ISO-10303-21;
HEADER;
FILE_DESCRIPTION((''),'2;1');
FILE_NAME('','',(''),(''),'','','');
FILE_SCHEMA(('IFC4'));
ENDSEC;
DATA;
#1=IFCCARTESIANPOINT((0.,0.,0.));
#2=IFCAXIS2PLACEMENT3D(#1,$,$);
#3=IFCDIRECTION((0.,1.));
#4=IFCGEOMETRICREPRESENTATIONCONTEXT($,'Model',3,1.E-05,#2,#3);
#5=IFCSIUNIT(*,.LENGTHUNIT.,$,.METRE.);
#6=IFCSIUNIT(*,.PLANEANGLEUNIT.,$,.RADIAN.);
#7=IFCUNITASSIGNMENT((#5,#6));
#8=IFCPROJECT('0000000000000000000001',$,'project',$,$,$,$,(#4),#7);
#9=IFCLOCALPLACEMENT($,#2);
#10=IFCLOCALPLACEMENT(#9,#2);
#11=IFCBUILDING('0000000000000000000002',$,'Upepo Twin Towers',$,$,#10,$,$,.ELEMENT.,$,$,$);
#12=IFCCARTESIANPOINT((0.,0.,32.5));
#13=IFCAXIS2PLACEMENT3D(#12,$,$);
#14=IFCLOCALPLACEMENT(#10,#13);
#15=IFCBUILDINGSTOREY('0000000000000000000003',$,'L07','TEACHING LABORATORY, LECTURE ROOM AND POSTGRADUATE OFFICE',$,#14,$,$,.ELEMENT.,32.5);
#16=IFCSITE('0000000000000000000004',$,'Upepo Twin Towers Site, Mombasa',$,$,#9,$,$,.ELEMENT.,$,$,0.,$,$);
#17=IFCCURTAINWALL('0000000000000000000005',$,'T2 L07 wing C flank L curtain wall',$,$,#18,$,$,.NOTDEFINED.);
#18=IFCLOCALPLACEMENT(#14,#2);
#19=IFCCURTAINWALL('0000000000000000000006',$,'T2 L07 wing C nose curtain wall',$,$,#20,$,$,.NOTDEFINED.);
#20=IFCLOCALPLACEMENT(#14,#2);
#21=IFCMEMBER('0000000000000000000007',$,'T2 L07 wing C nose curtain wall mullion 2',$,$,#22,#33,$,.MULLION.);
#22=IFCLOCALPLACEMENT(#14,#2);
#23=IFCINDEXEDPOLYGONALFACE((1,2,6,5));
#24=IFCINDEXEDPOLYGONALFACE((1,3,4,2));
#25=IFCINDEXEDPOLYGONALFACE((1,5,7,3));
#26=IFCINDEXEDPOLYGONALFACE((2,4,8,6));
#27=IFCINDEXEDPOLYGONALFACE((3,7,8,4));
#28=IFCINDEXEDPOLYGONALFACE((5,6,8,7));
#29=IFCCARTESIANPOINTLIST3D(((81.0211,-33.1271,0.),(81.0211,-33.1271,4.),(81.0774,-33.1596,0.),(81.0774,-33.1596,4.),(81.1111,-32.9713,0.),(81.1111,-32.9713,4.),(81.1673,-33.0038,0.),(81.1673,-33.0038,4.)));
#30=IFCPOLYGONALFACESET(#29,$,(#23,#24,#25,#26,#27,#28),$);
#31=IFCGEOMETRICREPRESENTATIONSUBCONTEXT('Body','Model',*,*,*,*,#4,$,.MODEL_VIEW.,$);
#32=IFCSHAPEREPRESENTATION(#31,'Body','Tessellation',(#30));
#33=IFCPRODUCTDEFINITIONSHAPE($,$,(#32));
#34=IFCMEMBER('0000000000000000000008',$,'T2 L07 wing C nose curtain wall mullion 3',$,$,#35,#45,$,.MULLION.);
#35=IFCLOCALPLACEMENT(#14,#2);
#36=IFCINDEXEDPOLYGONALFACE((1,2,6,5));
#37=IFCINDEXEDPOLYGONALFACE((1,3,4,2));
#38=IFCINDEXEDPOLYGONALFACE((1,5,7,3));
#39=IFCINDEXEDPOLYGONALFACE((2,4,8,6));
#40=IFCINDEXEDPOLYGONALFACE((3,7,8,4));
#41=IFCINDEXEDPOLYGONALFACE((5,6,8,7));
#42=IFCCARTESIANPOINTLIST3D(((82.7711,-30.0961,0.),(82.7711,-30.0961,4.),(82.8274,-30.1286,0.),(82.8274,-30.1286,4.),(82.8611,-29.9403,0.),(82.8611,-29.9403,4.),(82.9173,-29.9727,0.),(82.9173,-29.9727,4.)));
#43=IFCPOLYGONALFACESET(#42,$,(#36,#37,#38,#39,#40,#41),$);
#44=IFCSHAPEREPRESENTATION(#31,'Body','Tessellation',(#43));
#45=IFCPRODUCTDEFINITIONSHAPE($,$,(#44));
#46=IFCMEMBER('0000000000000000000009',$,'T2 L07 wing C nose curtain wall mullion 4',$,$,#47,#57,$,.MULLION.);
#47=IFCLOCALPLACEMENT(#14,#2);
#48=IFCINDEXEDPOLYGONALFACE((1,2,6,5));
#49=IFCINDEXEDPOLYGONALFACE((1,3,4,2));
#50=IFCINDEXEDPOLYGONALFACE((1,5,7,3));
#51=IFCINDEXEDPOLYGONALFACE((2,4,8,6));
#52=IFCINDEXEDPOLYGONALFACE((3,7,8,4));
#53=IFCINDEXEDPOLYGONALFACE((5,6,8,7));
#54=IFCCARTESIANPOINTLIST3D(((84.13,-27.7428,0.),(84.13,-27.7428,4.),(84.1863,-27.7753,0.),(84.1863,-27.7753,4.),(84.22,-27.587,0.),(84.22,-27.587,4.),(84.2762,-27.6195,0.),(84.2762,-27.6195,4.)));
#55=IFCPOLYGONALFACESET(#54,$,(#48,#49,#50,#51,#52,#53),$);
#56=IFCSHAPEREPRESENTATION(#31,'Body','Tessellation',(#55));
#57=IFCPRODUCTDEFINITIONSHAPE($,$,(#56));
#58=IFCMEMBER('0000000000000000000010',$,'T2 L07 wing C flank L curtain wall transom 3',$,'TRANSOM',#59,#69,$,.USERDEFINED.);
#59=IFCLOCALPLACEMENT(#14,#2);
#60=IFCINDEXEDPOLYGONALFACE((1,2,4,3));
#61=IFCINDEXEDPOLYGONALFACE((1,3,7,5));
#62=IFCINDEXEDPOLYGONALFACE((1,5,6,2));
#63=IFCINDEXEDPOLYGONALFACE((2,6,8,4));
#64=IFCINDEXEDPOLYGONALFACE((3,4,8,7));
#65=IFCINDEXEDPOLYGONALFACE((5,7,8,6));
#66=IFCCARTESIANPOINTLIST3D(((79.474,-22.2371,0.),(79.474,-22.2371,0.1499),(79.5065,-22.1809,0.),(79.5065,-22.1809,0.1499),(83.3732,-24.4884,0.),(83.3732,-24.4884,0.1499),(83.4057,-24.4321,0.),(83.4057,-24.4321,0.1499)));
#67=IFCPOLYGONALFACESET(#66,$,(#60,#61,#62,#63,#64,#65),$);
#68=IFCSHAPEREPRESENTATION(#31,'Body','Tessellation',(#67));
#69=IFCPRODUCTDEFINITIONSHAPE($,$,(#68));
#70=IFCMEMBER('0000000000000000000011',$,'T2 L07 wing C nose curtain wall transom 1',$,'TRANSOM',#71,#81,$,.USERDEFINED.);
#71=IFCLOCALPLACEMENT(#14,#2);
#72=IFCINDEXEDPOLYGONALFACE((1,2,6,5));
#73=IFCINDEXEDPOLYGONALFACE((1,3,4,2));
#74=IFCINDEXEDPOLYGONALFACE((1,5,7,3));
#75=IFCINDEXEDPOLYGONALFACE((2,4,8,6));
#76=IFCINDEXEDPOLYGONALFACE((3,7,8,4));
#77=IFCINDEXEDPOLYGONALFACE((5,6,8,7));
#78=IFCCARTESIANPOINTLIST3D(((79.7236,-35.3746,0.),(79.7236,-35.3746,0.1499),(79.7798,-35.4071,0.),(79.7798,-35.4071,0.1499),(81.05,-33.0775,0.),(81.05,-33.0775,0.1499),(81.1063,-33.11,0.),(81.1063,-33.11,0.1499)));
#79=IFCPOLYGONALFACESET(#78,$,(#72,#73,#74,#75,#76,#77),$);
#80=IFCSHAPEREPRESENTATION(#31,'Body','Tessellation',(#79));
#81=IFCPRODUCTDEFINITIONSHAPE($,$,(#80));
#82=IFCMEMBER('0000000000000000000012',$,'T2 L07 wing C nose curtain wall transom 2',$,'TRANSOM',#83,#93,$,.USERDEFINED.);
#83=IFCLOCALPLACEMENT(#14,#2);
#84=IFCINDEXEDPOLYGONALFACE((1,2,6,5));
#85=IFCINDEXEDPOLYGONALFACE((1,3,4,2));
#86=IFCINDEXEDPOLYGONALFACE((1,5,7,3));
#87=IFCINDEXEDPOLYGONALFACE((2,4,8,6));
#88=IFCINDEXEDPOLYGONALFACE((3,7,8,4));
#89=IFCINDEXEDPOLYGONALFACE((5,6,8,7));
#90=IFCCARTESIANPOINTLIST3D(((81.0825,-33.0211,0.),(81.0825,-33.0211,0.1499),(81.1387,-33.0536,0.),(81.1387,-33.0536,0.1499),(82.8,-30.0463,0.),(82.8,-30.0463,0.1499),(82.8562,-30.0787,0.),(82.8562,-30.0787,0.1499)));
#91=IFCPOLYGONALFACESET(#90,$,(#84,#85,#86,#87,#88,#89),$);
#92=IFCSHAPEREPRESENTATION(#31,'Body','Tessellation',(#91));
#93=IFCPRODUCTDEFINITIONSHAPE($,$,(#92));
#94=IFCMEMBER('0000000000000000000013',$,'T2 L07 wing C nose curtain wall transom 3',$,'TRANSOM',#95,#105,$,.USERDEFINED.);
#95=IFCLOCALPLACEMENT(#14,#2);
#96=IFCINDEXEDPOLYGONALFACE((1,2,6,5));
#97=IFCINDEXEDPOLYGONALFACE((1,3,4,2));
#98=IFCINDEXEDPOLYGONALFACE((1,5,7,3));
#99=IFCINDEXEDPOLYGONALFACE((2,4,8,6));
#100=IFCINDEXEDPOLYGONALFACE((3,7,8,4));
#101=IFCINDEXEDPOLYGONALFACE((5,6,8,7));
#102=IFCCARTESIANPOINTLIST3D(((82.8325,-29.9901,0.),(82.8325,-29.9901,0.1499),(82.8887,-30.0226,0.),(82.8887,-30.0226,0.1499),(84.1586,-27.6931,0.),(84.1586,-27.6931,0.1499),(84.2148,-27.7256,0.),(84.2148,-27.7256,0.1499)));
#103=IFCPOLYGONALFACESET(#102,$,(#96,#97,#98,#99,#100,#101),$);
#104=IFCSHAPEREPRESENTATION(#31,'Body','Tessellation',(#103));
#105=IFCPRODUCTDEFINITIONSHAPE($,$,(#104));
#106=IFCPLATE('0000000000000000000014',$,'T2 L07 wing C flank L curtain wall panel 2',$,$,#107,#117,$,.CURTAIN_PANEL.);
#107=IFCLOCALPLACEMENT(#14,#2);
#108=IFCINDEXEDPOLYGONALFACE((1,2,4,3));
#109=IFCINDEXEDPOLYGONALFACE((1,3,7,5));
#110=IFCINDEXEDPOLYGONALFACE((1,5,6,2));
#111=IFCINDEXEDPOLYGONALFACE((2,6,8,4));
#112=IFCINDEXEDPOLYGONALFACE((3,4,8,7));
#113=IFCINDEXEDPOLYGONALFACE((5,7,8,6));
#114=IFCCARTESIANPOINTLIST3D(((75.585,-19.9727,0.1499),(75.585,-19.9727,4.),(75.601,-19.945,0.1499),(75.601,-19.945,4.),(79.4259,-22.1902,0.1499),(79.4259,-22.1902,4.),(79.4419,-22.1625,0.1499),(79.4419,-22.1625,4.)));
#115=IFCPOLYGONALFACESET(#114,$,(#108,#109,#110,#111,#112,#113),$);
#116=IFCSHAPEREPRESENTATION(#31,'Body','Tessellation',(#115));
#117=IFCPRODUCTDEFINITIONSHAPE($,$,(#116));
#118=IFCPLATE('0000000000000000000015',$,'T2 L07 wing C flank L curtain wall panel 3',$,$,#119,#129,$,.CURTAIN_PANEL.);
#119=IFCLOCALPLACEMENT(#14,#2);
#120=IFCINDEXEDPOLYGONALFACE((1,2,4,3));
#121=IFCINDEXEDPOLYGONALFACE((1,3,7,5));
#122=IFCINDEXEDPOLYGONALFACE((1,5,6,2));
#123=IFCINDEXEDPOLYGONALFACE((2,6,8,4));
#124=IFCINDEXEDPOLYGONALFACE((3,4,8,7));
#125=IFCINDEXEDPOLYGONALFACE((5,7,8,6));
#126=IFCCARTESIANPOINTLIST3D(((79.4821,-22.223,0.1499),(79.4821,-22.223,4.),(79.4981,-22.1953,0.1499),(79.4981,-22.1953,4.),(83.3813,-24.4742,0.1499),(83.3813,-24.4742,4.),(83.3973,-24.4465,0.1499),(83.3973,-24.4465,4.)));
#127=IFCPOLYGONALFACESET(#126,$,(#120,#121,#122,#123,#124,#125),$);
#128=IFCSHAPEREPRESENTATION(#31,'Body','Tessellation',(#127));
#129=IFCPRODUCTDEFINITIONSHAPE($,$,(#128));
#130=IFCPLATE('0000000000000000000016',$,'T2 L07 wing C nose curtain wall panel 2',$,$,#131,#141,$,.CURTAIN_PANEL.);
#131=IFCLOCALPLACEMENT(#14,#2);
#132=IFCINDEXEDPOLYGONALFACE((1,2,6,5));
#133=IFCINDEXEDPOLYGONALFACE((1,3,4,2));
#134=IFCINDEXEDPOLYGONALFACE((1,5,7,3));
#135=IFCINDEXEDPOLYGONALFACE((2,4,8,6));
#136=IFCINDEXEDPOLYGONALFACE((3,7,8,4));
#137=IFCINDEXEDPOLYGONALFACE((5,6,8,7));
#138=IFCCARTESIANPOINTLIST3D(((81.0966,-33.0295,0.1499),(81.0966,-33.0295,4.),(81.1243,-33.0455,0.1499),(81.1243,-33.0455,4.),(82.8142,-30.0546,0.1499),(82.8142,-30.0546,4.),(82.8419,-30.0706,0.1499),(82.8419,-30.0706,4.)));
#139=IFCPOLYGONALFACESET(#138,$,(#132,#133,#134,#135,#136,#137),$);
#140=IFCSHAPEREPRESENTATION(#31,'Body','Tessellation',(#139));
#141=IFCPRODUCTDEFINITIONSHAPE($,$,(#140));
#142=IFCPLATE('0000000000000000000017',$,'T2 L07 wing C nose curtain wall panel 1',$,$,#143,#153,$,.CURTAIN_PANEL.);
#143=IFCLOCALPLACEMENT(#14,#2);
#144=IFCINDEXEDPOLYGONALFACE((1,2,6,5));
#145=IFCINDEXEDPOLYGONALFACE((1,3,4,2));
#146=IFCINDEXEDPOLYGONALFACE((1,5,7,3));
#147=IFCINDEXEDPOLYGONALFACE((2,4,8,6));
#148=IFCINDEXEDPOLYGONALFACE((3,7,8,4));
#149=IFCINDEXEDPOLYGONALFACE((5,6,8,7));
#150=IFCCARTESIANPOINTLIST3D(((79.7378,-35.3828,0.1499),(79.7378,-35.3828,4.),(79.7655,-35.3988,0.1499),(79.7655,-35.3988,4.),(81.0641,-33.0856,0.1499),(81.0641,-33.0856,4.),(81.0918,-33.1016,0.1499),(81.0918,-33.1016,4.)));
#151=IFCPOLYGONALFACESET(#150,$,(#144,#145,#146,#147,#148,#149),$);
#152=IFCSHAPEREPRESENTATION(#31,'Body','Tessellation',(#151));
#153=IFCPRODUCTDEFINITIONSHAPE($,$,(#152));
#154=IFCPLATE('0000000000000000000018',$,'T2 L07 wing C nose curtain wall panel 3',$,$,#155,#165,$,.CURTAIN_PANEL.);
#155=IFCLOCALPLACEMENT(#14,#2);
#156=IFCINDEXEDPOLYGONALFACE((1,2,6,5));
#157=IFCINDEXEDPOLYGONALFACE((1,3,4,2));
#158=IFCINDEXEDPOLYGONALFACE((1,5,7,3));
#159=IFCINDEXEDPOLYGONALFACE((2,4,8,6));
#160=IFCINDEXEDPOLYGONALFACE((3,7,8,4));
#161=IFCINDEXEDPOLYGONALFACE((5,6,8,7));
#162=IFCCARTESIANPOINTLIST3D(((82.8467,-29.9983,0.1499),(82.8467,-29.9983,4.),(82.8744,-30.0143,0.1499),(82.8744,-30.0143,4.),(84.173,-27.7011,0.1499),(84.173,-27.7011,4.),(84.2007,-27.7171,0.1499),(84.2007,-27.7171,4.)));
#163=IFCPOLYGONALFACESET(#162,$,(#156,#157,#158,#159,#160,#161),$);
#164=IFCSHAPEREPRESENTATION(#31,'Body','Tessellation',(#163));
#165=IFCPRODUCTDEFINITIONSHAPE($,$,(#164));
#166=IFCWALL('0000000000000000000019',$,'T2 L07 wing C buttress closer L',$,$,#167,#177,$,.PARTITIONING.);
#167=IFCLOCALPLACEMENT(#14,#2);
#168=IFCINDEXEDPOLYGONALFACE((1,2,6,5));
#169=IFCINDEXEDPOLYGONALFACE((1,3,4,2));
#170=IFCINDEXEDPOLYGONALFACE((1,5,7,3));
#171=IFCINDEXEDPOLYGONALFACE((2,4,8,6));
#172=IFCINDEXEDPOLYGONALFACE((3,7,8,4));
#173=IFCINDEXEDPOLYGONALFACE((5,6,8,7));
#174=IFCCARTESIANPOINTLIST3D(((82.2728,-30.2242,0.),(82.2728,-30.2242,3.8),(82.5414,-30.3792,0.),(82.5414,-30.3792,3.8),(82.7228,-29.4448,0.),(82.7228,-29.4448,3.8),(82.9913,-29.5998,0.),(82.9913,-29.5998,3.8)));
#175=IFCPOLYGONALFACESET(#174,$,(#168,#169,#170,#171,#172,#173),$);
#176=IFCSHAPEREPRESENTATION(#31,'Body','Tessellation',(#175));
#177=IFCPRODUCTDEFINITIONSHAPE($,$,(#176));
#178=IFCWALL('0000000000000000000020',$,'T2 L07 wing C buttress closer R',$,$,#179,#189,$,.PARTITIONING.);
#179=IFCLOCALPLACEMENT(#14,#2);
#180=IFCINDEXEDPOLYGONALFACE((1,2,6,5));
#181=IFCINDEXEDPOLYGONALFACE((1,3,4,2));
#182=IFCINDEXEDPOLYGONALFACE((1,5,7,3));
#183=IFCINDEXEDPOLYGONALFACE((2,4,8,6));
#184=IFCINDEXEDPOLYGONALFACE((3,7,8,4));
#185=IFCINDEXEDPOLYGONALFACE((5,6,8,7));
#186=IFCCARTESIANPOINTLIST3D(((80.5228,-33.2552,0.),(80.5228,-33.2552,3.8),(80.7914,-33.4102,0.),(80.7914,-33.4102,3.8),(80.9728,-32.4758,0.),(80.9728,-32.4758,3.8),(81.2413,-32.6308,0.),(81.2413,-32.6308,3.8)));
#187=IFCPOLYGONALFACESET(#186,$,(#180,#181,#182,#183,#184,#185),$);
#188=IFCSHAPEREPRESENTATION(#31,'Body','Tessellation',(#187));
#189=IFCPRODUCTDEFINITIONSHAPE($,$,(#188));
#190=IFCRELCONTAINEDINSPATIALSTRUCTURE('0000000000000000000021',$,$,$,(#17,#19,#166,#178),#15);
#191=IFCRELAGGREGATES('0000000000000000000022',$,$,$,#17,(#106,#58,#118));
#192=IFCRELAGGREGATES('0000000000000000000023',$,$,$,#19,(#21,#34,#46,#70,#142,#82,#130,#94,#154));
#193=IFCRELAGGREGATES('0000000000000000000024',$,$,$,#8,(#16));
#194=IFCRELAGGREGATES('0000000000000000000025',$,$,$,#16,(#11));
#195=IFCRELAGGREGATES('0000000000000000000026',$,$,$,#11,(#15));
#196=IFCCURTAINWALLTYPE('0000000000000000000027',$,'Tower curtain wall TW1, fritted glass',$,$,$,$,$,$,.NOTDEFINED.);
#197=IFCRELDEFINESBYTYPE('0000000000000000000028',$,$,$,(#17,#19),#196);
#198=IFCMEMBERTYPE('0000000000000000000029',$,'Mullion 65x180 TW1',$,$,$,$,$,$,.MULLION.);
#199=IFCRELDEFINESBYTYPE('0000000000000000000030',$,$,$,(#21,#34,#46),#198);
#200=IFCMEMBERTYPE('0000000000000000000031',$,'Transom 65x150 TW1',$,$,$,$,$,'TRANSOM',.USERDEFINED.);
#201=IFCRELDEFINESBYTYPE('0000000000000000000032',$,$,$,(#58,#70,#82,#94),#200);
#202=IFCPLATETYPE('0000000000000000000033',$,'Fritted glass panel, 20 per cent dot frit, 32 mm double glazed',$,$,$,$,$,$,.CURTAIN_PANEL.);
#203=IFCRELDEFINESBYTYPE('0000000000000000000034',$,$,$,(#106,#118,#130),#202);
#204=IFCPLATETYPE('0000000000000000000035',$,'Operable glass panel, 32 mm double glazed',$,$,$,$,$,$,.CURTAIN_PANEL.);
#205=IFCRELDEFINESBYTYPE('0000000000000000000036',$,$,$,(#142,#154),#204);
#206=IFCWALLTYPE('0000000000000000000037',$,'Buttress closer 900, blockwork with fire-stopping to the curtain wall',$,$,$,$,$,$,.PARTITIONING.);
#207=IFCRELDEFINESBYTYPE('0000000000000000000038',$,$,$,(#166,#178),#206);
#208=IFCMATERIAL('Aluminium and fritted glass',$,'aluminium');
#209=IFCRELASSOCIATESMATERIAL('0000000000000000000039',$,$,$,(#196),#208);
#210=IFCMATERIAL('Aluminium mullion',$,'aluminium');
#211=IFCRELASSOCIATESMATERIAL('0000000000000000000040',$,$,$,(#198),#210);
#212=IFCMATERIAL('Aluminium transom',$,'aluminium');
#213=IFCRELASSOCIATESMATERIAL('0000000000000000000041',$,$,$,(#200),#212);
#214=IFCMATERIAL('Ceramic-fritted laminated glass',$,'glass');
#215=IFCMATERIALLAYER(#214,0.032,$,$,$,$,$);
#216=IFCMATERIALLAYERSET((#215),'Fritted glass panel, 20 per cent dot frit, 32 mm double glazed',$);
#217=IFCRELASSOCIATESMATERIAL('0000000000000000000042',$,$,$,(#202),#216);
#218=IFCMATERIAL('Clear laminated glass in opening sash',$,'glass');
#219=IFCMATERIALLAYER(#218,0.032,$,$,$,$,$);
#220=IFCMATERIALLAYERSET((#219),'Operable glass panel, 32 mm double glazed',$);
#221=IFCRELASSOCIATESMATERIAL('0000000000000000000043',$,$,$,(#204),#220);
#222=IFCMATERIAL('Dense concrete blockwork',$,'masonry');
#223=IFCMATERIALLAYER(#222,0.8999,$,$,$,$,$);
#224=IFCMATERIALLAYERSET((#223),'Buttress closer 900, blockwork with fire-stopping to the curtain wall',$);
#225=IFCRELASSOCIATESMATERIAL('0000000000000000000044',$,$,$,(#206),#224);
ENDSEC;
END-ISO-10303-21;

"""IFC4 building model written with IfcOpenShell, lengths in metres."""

from ifc_helpers import new_model, si_unit, direction, frame, frame_2d, origin, origin_2d, place, context, subcontext, project, spatial, rectangle, extrude, material, layer, layer_set, material_profile, profile_set, type_object, element, aggregate, save


model = new_model("IFC4")

# Units and contexts
model_context = context("Model", 3, precision=1e-05, world=origin(), true_north=direction((0.0, 1.0)))
body_context = subcontext(model_context, "Body", "Model", "MODEL_VIEW")
ifc_project = project(units=[si_unit("LENGTHUNIT", "METRE"), si_unit("PLANEANGLEUNIT", "RADIAN")], contexts=[model_context])

# Site, building, storey
site_placement = place(None, origin())
site = spatial("IfcSite", under=ifc_project, at=site_placement, Name="Upepo Twin Towers Site, Mombasa", CompositionType="ELEMENT", RefElevation=0.0)
building_placement = place(site_placement, origin())
building = spatial("IfcBuilding", under=site, at=building_placement, Name="Upepo Twin Towers", CompositionType="ELEMENT")
storey_placement = place(building_placement, frame((0.0, 0.0, 32.5)))
storey = spatial("IfcBuildingStorey", under=building, at=storey_placement, Name="L07", Description="TEACHING LABORATORY, LECTURE ROOM AND POSTGRADUATE OFFICE", CompositionType="ELEMENT", Elevation=32.5)

# Curtain wall
ifc_material_1 = material(Name="Aluminium and fritted glass", Category="aluminium")
curtain_wall_type = type_object("IfcCurtainWallType", Name="Tower curtain wall TW1, fritted glass", PredefinedType="NOTDEFINED", material=ifc_material_1)
curtain_wall_1_placement = place(storey_placement, origin())
curtain_wall_1 = element("IfcCurtainWall", 1, at=curtain_wall_1_placement, inside=storey, type_object=curtain_wall_type, Name="T2 L07 wing C flank L curtain wall", PredefinedType="NOTDEFINED")
ifc_material_2 = material(Name="Aluminium mullion", Category="aluminium")
ifc_material_profile_1 = material_profile(ifc_material_2, rectangle(XDim=0.0649, YDim=0.1799, at=origin_2d()), Name="MULLION 65x180")
ifc_profile_set_1 = profile_set([ifc_material_profile_1], Name="Aluminium mullion")
member_type_1 = type_object("IfcMemberType", Name="Mullion 65x180 TW1", PredefinedType="MULLION", material=ifc_profile_set_1)

# Curtain wall, members
curtain_wall_2_placement = place(storey_placement, origin())
curtain_wall_2 = element("IfcCurtainWall", 2, at=curtain_wall_2_placement, inside=storey, type_object=curtain_wall_type, Name="T2 L07 wing C nose curtain wall", PredefinedType="NOTDEFINED")
member_1_placement = place(storey_placement, frame((81.0942, -33.0654, 0.0), z_axis=(0.0, 0.0, 1.0), x_axis=(-0.866025, 0.5, 0.0)))
member_1 = element("IfcMember", 3, at=member_1_placement, type_object=member_type_1, Name="T2 L07 wing C nose curtain wall mullion 2", PredefinedType="MULLION", context=body_context, shape_type="SweptSolid", body=[
    extrude(rectangle(XDim=0.0649, YDim=0.1799, at=origin_2d()), origin(), (0.0, 0.0, 1.0), 4.0),
])
member_2_placement = place(storey_placement, frame((82.8442, -30.0344, 0.0), z_axis=(0.0, 0.0, 1.0), x_axis=(-0.866025, 0.5, 0.0)))
member_2 = element("IfcMember", 4, at=member_2_placement, type_object=member_type_1, Name="T2 L07 wing C nose curtain wall mullion 3", PredefinedType="MULLION", context=body_context, shape_type="SweptSolid", body=[
    extrude(rectangle(XDim=0.0649, YDim=0.1799, at=origin_2d()), origin(), (0.0, 0.0, 1.0), 4.0),
])
member_3_placement = place(storey_placement, frame((84.2031, -27.6812, 0.0), z_axis=(0.0, 0.0, 1.0), x_axis=(-0.866025, 0.5, 0.0)))
member_3 = element("IfcMember", 5, at=member_3_placement, type_object=member_type_1, Name="T2 L07 wing C nose curtain wall mullion 4", PredefinedType="MULLION", context=body_context, shape_type="SweptSolid", body=[
    extrude(rectangle(XDim=0.0649, YDim=0.1799, at=origin_2d()), origin(), (0.0, 0.0, 1.0), 4.0),
])

# Members
ifc_material_3 = material(Name="Aluminium transom", Category="aluminium")
ifc_material_profile_2 = material_profile(ifc_material_3, rectangle(XDim=0.0649, YDim=0.1499, at=origin_2d()), Name="TRANSOM 65x150")
ifc_profile_set_2 = profile_set([ifc_material_profile_2], Name="Aluminium transom")
member_type_2 = type_object("IfcMemberType", Name="Transom 65x150 TW1", ElementType="TRANSOM", PredefinedType="USERDEFINED", material=ifc_profile_set_2)
member_4_placement = place(storey_placement, frame((79.4902, -22.209, 0.075), z_axis=(0.866022, -0.500006, 0.0), x_axis=(0.500006, 0.866022, 0.0)))
member_4 = element("IfcMember", 6, at=member_4_placement, type_object=member_type_2, Name="T2 L07 wing C flank L curtain wall transom 3", ObjectType="TRANSOM", PredefinedType="USERDEFINED", context=body_context, shape_type="SweptSolid", body=[
    extrude(rectangle(XDim=0.0649, YDim=0.1499, at=origin_2d()), origin(), (0.0, 0.0, 1.0), 4.5024),
])
member_5_placement = place(storey_placement, frame((79.7517, -35.3909, 0.075), z_axis=(0.500049, 0.865997, 0.0), x_axis=(-0.865997, 0.500049, 0.0)))
member_5 = element("IfcMember", 7, at=member_5_placement, type_object=member_type_2, Name="T2 L07 wing C nose curtain wall transom 1", ObjectType="TRANSOM", PredefinedType="USERDEFINED", context=body_context, shape_type="SweptSolid", body=[
    extrude(rectangle(XDim=0.0649, YDim=0.1499, at=origin_2d()), origin(), (0.0, 0.0, 1.0), 2.6526),
])
member_6_placement = place(storey_placement, frame((81.1106, -33.0374, 0.075), z_axis=(0.499999, 0.866026, 0.0), x_axis=(-0.866026, 0.499999, 0.0)))
member_6 = element("IfcMember", 8, at=member_6_placement, type_object=member_type_2, Name="T2 L07 wing C nose curtain wall transom 2", ObjectType="TRANSOM", PredefinedType="USERDEFINED", context=body_context, shape_type="SweptSolid", body=[
    extrude(rectangle(XDim=0.0649, YDim=0.1499, at=origin_2d()), origin(), (0.0, 0.0, 1.0), 3.4351),
])
member_7_placement = place(storey_placement, frame((82.8606, -30.0063, 0.075), z_axis=(0.49998, 0.866037, 0.0), x_axis=(-0.866037, 0.49998, 0.0)))
member_7 = element("IfcMember", 9, at=member_7_placement, type_object=member_type_2, Name="T2 L07 wing C nose curtain wall transom 3", ObjectType="TRANSOM", PredefinedType="USERDEFINED", context=body_context, shape_type="SweptSolid", body=[
    extrude(rectangle(XDim=0.0649, YDim=0.1499, at=origin_2d()), origin(), (0.0, 0.0, 1.0), 2.6523),
])

# Plates
ifc_material_4 = material(Name="Ceramic-fritted laminated glass", Category="glass")
ifc_layer_1 = layer(ifc_material_4, 0.032)
ifc_layer_set_1 = layer_set([ifc_layer_1], Name="Fritted glass panel, 20 per cent dot frit, 32 mm double glazed")
plate_type_1 = type_object("IfcPlateType", Name="Fritted glass panel, 20 per cent dot frit, 32 mm double glazed", PredefinedType="CURTAIN_PANEL", material=ifc_layer_set_1)
plate_1_placement = place(storey_placement, frame((77.5134, -21.0676, 0.1499), z_axis=(0.0, 0.0, 1.0), x_axis=(0.866025, -0.5, 0.0)))
plate_1 = element("IfcPlate", 10, at=plate_1_placement, type_object=plate_type_1, Name="T2 L07 wing C flank L curtain wall panel 2", PredefinedType="CURTAIN_PANEL", context=body_context, shape_type="SweptSolid", body=[
    extrude(rectangle(XDim=4.4351, YDim=0.032, at=origin_2d()), origin(), (0.0, 0.0, 1.0), 3.8501),
])
plate_2_placement = place(storey_placement, frame((81.4397, -23.3347, 0.1499), z_axis=(0.0, 0.0, 1.0), x_axis=(0.866025, -0.5, 0.0)))
plate_2 = element("IfcPlate", 11, at=plate_2_placement, type_object=plate_type_1, Name="T2 L07 wing C flank L curtain wall panel 3", PredefinedType="CURTAIN_PANEL", context=body_context, shape_type="SweptSolid", body=[
    extrude(rectangle(XDim=4.5024, YDim=0.032, at=origin_2d()), origin(), (0.0, 0.0, 1.0), 3.8501),
])
aggregate(curtain_wall_1, [plate_1, member_4, plate_2])
plate_3_placement = place(storey_placement, frame((81.9692, -31.55, 0.1499), z_axis=(0.0, 0.0, 1.0), x_axis=(0.5, 0.866025, 0.0)))
plate_3 = element("IfcPlate", 12, at=plate_3_placement, type_object=plate_type_1, Name="T2 L07 wing C nose curtain wall panel 2", PredefinedType="CURTAIN_PANEL", context=body_context, shape_type="SweptSolid", body=[
    extrude(rectangle(XDim=3.4351, YDim=0.032, at=origin_2d()), origin(), (0.0, 0.0, 1.0), 3.8501),
])
ifc_material_5 = material(Name="Clear laminated glass in opening sash", Category="glass")
ifc_layer_2 = layer(ifc_material_5, 0.032)
ifc_layer_set_2 = layer_set([ifc_layer_2], Name="Operable glass panel, 32 mm double glazed")
plate_type_2 = type_object("IfcPlateType", Name="Operable glass panel, 32 mm double glazed", PredefinedType="CURTAIN_PANEL", material=ifc_layer_set_2)
plate_4_placement = place(storey_placement, frame((80.4148, -34.2422, 0.1499), z_axis=(0.0, 0.0, 1.0), x_axis=(0.5, 0.866025, 0.0)))
plate_4 = element("IfcPlate", 13, at=plate_4_placement, type_object=plate_type_2, Name="T2 L07 wing C nose curtain wall panel 1", PredefinedType="CURTAIN_PANEL", context=body_context, shape_type="SweptSolid", body=[
    extrude(rectangle(XDim=2.6526, YDim=0.032, at=origin_2d()), origin(), (0.0, 0.0, 1.0), 3.8501),
])
plate_5_placement = place(storey_placement, frame((83.5237, -28.8577, 0.1499), z_axis=(0.0, 0.0, 1.0), x_axis=(0.5, 0.866025, 0.0)))
plate_5 = element("IfcPlate", 14, at=plate_5_placement, type_object=plate_type_2, Name="T2 L07 wing C nose curtain wall panel 3", PredefinedType="CURTAIN_PANEL", context=body_context, shape_type="SweptSolid", body=[
    extrude(rectangle(XDim=2.6526, YDim=0.032, at=origin_2d()), origin(), (0.0, 0.0, 1.0), 3.8501),
])
aggregate(curtain_wall_2, [member_1, member_2, member_3, member_5, plate_4, member_6, plate_3, member_7, plate_5])

# Walls
ifc_material_6 = material(Name="Dense concrete blockwork", Category="masonry")
ifc_layer_3 = layer(ifc_material_6, 0.8999)
ifc_layer_set_3 = layer_set([ifc_layer_3], Name="Buttress closer 900, blockwork with fire-stopping to the curtain wall")
wall_type_1 = type_object("IfcWallType", Name="Buttress closer 900, blockwork with fire-stopping to the curtain wall", PredefinedType="PARTITIONING", material=ifc_layer_set_3)
for number, where, z_axis, x_axis, name in (
    (15, (82.4978, -29.8345, 0.0), (0.0, 0.0, 1.0), (0.866054, -0.49995, 0.0), "T2 L07 wing C buttress closer L"),
    (16, (80.7478, -32.8655, 0.0), (0.0, 0.0, 1.0), (0.866054, -0.49995, 0.0), "T2 L07 wing C buttress closer R"),
):
    element("IfcWall", number, at=place(storey_placement, frame(where, z_axis=z_axis, x_axis=x_axis)), inside=storey, type_object=wall_type_1, Name=name, PredefinedType="PARTITIONING", context=body_context, shape_type="SweptSolid", body=[
        extrude(rectangle(XDim=0.3101, YDim=0.8999, at=frame_2d((0.155, 0.0))), origin(), (0.0, 0.0, 1.0), 3.8),
    ])

save(model, "model.ifc")
